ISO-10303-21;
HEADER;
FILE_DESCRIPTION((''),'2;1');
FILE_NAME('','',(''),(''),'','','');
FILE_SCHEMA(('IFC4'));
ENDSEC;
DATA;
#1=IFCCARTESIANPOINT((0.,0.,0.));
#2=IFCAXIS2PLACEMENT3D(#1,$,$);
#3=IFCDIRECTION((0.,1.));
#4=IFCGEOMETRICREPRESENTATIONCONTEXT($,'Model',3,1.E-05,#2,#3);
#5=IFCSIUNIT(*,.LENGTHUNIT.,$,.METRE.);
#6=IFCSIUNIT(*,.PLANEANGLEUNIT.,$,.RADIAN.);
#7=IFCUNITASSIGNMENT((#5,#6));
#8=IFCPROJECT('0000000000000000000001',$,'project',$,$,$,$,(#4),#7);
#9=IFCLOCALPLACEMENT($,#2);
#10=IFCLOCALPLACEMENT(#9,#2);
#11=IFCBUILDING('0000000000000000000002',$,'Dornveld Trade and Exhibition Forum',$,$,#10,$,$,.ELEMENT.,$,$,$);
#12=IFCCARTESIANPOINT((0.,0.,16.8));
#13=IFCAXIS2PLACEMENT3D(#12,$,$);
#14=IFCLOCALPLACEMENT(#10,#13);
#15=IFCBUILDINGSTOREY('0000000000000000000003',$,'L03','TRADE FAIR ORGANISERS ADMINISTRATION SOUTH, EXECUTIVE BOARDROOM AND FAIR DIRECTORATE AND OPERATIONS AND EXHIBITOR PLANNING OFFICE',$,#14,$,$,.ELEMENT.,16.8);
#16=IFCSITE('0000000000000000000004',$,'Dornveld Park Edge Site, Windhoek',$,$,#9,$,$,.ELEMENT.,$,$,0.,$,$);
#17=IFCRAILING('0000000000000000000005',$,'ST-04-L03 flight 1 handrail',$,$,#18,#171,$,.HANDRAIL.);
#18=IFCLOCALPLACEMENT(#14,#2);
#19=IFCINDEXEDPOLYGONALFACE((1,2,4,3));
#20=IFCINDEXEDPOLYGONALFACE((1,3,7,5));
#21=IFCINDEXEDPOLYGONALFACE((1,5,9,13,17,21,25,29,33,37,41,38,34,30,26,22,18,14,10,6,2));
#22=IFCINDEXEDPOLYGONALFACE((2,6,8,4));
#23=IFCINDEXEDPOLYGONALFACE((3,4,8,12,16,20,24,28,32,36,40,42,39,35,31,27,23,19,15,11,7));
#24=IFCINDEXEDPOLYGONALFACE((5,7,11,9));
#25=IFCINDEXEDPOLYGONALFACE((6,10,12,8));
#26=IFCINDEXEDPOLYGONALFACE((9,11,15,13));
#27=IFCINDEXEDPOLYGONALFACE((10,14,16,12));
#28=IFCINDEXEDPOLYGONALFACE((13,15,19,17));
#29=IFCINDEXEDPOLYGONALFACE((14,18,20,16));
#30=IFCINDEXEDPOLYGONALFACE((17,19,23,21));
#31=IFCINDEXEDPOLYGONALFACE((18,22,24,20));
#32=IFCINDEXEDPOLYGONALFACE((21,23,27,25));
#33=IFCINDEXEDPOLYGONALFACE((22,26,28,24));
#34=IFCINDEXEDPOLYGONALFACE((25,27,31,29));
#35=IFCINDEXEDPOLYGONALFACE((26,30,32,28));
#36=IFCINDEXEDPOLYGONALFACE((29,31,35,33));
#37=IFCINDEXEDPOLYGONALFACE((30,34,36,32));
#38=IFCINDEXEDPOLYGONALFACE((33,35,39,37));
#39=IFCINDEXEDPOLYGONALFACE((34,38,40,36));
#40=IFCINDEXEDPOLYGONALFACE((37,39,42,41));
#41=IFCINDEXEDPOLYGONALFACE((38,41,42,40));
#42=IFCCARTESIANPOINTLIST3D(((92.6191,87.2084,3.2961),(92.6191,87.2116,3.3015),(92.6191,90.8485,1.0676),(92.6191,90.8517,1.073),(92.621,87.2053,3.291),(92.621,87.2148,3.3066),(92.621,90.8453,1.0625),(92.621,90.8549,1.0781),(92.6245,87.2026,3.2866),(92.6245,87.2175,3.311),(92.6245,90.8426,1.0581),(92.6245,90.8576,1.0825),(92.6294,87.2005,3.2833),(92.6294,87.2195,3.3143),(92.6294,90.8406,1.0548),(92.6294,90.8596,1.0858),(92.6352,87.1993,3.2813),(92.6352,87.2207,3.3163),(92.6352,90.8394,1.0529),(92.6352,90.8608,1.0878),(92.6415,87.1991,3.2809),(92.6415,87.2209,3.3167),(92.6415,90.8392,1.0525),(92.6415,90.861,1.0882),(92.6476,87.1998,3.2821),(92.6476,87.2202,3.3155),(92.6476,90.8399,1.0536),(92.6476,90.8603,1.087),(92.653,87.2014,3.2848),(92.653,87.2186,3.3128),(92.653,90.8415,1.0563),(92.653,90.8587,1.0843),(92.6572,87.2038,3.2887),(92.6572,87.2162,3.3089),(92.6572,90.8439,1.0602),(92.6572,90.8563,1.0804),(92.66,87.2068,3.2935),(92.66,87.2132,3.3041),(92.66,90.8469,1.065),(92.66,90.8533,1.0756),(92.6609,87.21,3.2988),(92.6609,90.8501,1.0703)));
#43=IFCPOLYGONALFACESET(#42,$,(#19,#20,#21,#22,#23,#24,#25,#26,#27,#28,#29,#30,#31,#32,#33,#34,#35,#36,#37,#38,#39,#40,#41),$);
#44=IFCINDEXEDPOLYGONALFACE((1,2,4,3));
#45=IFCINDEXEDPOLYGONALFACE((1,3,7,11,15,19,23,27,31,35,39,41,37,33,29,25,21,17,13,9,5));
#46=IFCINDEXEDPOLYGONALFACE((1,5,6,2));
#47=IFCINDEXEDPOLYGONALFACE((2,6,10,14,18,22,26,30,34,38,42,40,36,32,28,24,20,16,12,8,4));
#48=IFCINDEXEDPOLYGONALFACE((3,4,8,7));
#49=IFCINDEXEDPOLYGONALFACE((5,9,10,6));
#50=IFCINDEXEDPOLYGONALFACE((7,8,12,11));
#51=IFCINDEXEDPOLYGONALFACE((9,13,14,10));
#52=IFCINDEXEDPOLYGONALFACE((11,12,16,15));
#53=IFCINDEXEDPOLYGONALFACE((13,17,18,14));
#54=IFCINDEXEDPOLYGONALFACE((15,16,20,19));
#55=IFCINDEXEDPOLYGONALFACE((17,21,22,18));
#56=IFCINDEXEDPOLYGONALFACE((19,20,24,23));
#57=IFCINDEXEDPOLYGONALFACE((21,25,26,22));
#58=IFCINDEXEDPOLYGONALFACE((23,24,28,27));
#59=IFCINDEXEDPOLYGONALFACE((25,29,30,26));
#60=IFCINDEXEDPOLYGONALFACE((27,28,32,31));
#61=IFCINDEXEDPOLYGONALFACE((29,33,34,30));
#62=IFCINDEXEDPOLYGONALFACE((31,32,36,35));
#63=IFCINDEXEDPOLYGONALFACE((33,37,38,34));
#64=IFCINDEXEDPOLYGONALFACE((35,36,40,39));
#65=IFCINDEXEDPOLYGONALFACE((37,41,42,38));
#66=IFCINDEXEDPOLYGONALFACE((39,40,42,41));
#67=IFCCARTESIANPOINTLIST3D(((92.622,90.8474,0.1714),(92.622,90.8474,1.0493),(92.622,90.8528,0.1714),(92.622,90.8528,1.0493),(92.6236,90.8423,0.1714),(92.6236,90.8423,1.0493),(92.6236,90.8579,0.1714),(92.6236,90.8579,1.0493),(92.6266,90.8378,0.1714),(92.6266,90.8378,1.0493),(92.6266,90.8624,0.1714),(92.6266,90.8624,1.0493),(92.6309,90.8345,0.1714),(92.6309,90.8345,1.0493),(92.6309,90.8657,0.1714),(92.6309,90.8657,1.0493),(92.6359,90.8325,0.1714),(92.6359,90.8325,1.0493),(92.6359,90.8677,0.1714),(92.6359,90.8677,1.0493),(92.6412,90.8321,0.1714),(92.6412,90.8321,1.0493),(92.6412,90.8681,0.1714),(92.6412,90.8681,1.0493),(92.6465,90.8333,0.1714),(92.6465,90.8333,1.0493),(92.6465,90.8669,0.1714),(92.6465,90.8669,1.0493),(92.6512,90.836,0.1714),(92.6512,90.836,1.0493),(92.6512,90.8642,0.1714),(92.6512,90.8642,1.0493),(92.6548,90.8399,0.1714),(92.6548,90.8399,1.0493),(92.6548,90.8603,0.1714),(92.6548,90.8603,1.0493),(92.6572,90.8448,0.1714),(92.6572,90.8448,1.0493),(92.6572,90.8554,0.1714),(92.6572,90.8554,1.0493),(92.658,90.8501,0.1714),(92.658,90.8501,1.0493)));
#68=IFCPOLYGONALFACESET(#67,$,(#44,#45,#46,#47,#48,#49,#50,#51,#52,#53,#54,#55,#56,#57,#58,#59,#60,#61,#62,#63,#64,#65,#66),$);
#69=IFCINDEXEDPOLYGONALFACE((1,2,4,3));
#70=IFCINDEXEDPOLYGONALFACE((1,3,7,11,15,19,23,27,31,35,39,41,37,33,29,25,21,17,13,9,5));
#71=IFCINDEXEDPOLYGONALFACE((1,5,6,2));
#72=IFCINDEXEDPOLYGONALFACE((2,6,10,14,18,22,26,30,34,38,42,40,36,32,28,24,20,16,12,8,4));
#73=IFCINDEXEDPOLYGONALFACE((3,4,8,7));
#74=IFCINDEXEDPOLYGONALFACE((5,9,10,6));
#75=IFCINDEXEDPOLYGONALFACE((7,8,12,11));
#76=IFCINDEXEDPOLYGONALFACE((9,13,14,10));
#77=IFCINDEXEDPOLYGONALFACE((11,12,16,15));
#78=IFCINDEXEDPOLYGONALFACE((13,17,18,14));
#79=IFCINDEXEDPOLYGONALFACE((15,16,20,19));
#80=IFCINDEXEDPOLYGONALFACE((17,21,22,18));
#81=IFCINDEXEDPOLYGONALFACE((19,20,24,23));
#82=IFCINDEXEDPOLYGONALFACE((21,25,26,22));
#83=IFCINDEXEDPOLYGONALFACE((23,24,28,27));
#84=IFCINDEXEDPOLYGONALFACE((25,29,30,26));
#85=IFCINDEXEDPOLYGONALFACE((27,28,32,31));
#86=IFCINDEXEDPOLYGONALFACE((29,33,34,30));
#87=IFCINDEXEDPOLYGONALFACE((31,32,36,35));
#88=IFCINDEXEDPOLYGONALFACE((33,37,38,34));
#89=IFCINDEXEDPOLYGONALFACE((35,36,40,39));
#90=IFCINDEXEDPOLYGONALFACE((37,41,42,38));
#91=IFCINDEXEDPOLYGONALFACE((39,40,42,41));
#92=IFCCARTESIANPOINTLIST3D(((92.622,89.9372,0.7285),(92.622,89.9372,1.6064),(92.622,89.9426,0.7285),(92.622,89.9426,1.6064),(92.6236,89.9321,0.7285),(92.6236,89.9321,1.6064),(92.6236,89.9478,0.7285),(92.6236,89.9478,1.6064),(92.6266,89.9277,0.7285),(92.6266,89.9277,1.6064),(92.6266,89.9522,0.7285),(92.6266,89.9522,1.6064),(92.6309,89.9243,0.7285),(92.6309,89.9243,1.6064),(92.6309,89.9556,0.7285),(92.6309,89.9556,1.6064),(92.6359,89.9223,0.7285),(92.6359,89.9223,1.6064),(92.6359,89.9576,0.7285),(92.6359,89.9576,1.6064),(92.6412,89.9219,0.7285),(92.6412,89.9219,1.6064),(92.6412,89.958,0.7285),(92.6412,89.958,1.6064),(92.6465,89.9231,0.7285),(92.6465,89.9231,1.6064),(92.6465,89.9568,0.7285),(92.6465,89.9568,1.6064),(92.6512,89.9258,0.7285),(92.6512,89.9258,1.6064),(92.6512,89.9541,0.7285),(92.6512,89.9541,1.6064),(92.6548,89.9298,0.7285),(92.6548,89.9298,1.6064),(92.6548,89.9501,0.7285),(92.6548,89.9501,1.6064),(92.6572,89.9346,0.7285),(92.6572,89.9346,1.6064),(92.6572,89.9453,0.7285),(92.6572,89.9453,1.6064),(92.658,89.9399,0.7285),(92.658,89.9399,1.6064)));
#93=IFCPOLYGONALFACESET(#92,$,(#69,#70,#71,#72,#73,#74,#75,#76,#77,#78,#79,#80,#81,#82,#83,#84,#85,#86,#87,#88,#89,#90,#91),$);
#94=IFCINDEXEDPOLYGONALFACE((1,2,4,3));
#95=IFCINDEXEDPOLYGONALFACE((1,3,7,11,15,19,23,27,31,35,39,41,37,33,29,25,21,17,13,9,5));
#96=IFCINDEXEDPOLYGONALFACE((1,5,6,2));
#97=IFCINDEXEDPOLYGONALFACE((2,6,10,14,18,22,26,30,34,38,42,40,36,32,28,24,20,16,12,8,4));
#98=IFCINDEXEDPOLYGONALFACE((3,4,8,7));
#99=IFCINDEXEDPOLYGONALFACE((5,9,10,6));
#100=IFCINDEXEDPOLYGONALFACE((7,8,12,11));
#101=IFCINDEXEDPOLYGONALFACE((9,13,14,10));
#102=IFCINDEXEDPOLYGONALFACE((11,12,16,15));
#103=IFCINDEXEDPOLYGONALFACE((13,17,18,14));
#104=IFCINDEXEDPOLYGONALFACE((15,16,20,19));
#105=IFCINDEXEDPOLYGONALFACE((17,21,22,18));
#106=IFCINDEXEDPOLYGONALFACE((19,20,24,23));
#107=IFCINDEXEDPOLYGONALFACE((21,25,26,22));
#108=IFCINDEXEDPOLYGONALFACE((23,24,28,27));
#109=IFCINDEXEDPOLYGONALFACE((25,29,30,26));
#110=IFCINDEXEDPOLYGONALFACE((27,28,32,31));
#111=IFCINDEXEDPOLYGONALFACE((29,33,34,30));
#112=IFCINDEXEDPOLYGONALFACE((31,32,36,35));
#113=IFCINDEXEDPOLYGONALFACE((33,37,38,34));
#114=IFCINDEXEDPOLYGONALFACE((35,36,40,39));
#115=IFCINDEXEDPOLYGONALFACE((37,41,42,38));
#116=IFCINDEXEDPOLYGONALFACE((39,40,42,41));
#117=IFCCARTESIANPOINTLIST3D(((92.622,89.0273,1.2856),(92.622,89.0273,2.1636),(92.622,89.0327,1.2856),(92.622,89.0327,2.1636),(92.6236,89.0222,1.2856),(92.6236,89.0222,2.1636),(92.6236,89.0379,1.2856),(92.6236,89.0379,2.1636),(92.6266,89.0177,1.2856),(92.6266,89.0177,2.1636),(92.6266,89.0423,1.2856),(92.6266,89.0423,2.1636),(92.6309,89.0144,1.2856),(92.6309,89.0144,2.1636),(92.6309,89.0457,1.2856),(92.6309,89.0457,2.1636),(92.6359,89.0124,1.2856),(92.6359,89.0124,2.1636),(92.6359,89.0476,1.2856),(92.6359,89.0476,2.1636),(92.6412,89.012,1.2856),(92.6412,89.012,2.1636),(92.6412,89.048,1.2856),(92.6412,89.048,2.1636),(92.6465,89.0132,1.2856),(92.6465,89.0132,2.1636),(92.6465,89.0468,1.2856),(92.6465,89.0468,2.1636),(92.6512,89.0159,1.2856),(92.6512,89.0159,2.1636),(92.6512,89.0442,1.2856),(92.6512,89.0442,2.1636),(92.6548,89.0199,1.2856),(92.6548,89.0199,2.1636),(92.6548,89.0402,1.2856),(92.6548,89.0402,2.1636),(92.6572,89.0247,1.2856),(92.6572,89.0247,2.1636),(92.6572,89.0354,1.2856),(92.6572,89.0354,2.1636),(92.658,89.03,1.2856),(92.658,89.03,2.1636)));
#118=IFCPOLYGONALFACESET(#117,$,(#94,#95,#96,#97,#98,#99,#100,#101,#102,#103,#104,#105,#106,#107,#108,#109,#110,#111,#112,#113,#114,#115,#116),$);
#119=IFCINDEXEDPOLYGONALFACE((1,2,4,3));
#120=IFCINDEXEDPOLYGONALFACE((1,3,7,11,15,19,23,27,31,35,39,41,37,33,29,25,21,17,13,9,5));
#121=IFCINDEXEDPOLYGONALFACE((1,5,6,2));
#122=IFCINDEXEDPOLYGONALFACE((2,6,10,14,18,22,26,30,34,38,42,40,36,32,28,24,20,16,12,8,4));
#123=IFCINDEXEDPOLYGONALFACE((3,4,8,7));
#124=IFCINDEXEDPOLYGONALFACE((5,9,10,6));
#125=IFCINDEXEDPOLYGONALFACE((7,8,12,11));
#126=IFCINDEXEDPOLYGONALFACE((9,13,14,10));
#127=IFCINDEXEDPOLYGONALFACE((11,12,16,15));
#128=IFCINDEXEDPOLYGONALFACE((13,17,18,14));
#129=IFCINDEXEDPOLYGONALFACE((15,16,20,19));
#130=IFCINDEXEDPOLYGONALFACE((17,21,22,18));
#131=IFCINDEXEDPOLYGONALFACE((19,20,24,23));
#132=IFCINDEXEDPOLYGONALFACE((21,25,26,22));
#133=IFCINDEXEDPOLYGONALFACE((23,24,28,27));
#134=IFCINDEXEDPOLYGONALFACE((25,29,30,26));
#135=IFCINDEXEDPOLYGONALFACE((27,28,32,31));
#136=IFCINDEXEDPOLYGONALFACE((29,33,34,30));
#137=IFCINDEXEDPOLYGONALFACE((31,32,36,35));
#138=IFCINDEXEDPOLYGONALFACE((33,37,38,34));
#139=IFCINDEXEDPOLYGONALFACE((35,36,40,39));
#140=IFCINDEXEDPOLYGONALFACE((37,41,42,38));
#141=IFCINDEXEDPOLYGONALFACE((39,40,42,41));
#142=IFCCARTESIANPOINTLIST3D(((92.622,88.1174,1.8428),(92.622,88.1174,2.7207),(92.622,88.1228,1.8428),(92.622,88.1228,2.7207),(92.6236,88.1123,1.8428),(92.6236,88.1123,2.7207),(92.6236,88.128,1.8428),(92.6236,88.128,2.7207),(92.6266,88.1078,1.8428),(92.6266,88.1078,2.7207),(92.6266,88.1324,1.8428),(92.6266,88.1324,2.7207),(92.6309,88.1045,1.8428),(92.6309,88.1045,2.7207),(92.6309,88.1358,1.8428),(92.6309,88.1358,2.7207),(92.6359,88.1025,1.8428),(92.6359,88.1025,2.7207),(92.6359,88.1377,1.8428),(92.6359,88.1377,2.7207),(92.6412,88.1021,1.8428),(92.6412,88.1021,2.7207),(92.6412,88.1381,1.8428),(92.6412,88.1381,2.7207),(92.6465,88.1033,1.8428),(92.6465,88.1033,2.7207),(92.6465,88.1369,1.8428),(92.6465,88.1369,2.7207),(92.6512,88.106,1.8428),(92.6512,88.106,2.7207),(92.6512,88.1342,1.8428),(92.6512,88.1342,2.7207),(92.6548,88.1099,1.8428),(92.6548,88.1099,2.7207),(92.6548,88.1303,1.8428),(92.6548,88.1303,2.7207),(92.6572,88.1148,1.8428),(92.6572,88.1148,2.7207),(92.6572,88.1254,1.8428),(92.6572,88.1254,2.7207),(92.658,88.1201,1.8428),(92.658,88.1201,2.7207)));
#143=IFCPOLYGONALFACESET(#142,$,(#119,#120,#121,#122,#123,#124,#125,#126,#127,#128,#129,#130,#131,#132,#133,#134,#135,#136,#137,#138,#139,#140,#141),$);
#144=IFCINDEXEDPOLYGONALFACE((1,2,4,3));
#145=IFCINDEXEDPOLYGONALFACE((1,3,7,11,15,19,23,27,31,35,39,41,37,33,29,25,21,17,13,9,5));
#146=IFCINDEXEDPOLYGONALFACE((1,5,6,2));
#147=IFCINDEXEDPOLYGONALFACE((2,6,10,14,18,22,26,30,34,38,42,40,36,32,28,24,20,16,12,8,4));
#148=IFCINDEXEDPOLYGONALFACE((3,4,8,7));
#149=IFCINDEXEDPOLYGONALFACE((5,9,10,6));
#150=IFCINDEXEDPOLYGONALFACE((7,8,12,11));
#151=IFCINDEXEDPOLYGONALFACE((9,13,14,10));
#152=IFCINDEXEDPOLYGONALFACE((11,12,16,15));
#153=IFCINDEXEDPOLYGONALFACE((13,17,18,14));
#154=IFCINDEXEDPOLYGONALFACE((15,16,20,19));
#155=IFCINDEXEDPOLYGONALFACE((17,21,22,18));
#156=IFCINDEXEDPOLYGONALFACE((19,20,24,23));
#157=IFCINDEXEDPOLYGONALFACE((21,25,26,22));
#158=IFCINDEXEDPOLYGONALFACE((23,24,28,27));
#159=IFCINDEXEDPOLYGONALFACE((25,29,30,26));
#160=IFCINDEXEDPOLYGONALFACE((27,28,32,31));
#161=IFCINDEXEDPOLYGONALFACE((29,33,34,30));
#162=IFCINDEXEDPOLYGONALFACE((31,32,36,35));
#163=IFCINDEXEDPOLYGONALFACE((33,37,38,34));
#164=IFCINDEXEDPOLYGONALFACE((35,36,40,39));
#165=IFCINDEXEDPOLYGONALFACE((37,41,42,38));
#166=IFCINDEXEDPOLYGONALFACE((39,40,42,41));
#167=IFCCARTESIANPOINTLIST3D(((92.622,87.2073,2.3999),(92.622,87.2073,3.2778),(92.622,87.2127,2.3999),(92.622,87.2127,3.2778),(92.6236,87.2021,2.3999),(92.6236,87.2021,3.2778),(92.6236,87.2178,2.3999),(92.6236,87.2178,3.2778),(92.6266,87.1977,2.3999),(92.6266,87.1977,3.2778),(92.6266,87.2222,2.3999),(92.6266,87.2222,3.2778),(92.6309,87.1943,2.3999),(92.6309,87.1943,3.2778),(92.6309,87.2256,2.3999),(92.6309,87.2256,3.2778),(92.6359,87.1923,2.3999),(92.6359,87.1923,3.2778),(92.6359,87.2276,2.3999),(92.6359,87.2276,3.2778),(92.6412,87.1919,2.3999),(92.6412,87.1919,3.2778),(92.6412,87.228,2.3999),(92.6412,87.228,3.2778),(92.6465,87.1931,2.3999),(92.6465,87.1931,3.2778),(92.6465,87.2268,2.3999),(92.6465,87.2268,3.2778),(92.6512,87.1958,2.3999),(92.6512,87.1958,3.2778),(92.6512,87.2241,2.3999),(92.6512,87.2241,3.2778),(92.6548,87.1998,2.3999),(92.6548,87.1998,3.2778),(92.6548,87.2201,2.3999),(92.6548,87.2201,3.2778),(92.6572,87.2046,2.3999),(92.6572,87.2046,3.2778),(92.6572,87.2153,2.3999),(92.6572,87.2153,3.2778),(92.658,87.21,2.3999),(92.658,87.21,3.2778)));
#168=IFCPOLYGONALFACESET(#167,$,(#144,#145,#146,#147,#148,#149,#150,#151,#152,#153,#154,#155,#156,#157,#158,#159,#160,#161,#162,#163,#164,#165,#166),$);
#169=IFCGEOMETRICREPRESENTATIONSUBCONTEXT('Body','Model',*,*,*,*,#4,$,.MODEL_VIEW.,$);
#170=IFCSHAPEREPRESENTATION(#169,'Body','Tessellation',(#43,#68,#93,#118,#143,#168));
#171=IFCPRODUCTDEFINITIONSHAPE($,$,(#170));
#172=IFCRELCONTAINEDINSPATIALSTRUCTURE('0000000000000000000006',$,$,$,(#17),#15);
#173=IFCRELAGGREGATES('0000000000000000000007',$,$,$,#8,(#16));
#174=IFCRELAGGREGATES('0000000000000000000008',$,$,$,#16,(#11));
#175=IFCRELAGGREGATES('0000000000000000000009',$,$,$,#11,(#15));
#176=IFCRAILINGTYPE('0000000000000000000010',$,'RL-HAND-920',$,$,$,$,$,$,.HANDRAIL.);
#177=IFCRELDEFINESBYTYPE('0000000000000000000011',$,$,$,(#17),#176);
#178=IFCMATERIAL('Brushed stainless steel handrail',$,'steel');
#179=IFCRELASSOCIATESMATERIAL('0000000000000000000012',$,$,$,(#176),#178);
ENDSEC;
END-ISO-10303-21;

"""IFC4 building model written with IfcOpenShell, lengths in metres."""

from ifc_helpers import new_model, si_unit, direction, frame, origin, origin_2d, place, context, subcontext, project, spatial, circle, extrude, material, type_object, element, save


model = new_model("IFC4")

# Units and contexts
model_context = context("Model", 3, precision=1e-05, world=origin(), true_north=direction((0.0, 1.0)))
body_context = subcontext(model_context, "Body", "Model", "MODEL_VIEW")
ifc_project = project(units=[si_unit("LENGTHUNIT", "METRE"), si_unit("PLANEANGLEUNIT", "RADIAN")], contexts=[model_context])

# Site, building, storey
site_placement = place(None, origin())
site = spatial("IfcSite", under=ifc_project, at=site_placement, Name="Dornveld Park Edge Site, Windhoek", CompositionType="ELEMENT", RefElevation=0.0)
building_placement = place(site_placement, origin())
building = spatial("IfcBuilding", under=site, at=building_placement, Name="Dornveld Trade and Exhibition Forum", CompositionType="ELEMENT")
storey_placement = place(building_placement, frame((0.0, 0.0, 16.8)))
storey = spatial("IfcBuildingStorey", under=building, at=storey_placement, Name="L03", Description="TRADE FAIR ORGANISERS ADMINISTRATION SOUTH, EXECUTIVE BOARDROOM AND FAIR DIRECTORATE AND OPERATIONS AND EXHIBITOR PLANNING OFFICE", CompositionType="ELEMENT", Elevation=16.8)

# Railing
ifc_material_1 = material(Name="Brushed stainless steel handrail", Category="steel")
railing_type_1 = type_object("IfcRailingType", Name="RL-HAND-920", PredefinedType="HANDRAIL", material=ifc_material_1)
railing_1_placement = place(storey_placement, frame((92.6399, 90.8501, 0.1714)))
element("IfcRailing", 1, at=railing_1_placement, inside=storey, type_object=railing_type_1, Name="ST-04-L03 flight 1 handrail", PredefinedType="HANDRAIL", context=body_context, shape_type="SweptSolid", body=[
    extrude(circle(Radius=0.021, at=origin_2d()), frame((0.0, 0.0, 0.8989), z_axis=(0.0, -0.852866, 0.52213), x_axis=(1.0, 0.0, 0.0)), (0.0, 0.0, 1.0), 4.2681),
    extrude(circle(Radius=0.0181, at=origin_2d()), origin(), (0.0, 0.0, 1.0), 0.8779),
    extrude(circle(Radius=0.0181, at=origin_2d()), frame((0.0, -0.9102, 0.5571)), (0.0, 0.0, 1.0), 0.8779),
    extrude(circle(Radius=0.0181, at=origin_2d()), frame((0.0, -1.8201, 1.1143)), (0.0, 0.0, 1.0), 0.8779),
    extrude(circle(Radius=0.0181, at=origin_2d()), frame((0.0, -2.73, 1.6714)), (0.0, 0.0, 1.0), 0.8779),
    extrude(circle(Radius=0.0181, at=origin_2d()), frame((0.0, -3.6401, 2.2285)), (0.0, 0.0, 1.0), 0.8779),
])

save(model, "model.ifc")
